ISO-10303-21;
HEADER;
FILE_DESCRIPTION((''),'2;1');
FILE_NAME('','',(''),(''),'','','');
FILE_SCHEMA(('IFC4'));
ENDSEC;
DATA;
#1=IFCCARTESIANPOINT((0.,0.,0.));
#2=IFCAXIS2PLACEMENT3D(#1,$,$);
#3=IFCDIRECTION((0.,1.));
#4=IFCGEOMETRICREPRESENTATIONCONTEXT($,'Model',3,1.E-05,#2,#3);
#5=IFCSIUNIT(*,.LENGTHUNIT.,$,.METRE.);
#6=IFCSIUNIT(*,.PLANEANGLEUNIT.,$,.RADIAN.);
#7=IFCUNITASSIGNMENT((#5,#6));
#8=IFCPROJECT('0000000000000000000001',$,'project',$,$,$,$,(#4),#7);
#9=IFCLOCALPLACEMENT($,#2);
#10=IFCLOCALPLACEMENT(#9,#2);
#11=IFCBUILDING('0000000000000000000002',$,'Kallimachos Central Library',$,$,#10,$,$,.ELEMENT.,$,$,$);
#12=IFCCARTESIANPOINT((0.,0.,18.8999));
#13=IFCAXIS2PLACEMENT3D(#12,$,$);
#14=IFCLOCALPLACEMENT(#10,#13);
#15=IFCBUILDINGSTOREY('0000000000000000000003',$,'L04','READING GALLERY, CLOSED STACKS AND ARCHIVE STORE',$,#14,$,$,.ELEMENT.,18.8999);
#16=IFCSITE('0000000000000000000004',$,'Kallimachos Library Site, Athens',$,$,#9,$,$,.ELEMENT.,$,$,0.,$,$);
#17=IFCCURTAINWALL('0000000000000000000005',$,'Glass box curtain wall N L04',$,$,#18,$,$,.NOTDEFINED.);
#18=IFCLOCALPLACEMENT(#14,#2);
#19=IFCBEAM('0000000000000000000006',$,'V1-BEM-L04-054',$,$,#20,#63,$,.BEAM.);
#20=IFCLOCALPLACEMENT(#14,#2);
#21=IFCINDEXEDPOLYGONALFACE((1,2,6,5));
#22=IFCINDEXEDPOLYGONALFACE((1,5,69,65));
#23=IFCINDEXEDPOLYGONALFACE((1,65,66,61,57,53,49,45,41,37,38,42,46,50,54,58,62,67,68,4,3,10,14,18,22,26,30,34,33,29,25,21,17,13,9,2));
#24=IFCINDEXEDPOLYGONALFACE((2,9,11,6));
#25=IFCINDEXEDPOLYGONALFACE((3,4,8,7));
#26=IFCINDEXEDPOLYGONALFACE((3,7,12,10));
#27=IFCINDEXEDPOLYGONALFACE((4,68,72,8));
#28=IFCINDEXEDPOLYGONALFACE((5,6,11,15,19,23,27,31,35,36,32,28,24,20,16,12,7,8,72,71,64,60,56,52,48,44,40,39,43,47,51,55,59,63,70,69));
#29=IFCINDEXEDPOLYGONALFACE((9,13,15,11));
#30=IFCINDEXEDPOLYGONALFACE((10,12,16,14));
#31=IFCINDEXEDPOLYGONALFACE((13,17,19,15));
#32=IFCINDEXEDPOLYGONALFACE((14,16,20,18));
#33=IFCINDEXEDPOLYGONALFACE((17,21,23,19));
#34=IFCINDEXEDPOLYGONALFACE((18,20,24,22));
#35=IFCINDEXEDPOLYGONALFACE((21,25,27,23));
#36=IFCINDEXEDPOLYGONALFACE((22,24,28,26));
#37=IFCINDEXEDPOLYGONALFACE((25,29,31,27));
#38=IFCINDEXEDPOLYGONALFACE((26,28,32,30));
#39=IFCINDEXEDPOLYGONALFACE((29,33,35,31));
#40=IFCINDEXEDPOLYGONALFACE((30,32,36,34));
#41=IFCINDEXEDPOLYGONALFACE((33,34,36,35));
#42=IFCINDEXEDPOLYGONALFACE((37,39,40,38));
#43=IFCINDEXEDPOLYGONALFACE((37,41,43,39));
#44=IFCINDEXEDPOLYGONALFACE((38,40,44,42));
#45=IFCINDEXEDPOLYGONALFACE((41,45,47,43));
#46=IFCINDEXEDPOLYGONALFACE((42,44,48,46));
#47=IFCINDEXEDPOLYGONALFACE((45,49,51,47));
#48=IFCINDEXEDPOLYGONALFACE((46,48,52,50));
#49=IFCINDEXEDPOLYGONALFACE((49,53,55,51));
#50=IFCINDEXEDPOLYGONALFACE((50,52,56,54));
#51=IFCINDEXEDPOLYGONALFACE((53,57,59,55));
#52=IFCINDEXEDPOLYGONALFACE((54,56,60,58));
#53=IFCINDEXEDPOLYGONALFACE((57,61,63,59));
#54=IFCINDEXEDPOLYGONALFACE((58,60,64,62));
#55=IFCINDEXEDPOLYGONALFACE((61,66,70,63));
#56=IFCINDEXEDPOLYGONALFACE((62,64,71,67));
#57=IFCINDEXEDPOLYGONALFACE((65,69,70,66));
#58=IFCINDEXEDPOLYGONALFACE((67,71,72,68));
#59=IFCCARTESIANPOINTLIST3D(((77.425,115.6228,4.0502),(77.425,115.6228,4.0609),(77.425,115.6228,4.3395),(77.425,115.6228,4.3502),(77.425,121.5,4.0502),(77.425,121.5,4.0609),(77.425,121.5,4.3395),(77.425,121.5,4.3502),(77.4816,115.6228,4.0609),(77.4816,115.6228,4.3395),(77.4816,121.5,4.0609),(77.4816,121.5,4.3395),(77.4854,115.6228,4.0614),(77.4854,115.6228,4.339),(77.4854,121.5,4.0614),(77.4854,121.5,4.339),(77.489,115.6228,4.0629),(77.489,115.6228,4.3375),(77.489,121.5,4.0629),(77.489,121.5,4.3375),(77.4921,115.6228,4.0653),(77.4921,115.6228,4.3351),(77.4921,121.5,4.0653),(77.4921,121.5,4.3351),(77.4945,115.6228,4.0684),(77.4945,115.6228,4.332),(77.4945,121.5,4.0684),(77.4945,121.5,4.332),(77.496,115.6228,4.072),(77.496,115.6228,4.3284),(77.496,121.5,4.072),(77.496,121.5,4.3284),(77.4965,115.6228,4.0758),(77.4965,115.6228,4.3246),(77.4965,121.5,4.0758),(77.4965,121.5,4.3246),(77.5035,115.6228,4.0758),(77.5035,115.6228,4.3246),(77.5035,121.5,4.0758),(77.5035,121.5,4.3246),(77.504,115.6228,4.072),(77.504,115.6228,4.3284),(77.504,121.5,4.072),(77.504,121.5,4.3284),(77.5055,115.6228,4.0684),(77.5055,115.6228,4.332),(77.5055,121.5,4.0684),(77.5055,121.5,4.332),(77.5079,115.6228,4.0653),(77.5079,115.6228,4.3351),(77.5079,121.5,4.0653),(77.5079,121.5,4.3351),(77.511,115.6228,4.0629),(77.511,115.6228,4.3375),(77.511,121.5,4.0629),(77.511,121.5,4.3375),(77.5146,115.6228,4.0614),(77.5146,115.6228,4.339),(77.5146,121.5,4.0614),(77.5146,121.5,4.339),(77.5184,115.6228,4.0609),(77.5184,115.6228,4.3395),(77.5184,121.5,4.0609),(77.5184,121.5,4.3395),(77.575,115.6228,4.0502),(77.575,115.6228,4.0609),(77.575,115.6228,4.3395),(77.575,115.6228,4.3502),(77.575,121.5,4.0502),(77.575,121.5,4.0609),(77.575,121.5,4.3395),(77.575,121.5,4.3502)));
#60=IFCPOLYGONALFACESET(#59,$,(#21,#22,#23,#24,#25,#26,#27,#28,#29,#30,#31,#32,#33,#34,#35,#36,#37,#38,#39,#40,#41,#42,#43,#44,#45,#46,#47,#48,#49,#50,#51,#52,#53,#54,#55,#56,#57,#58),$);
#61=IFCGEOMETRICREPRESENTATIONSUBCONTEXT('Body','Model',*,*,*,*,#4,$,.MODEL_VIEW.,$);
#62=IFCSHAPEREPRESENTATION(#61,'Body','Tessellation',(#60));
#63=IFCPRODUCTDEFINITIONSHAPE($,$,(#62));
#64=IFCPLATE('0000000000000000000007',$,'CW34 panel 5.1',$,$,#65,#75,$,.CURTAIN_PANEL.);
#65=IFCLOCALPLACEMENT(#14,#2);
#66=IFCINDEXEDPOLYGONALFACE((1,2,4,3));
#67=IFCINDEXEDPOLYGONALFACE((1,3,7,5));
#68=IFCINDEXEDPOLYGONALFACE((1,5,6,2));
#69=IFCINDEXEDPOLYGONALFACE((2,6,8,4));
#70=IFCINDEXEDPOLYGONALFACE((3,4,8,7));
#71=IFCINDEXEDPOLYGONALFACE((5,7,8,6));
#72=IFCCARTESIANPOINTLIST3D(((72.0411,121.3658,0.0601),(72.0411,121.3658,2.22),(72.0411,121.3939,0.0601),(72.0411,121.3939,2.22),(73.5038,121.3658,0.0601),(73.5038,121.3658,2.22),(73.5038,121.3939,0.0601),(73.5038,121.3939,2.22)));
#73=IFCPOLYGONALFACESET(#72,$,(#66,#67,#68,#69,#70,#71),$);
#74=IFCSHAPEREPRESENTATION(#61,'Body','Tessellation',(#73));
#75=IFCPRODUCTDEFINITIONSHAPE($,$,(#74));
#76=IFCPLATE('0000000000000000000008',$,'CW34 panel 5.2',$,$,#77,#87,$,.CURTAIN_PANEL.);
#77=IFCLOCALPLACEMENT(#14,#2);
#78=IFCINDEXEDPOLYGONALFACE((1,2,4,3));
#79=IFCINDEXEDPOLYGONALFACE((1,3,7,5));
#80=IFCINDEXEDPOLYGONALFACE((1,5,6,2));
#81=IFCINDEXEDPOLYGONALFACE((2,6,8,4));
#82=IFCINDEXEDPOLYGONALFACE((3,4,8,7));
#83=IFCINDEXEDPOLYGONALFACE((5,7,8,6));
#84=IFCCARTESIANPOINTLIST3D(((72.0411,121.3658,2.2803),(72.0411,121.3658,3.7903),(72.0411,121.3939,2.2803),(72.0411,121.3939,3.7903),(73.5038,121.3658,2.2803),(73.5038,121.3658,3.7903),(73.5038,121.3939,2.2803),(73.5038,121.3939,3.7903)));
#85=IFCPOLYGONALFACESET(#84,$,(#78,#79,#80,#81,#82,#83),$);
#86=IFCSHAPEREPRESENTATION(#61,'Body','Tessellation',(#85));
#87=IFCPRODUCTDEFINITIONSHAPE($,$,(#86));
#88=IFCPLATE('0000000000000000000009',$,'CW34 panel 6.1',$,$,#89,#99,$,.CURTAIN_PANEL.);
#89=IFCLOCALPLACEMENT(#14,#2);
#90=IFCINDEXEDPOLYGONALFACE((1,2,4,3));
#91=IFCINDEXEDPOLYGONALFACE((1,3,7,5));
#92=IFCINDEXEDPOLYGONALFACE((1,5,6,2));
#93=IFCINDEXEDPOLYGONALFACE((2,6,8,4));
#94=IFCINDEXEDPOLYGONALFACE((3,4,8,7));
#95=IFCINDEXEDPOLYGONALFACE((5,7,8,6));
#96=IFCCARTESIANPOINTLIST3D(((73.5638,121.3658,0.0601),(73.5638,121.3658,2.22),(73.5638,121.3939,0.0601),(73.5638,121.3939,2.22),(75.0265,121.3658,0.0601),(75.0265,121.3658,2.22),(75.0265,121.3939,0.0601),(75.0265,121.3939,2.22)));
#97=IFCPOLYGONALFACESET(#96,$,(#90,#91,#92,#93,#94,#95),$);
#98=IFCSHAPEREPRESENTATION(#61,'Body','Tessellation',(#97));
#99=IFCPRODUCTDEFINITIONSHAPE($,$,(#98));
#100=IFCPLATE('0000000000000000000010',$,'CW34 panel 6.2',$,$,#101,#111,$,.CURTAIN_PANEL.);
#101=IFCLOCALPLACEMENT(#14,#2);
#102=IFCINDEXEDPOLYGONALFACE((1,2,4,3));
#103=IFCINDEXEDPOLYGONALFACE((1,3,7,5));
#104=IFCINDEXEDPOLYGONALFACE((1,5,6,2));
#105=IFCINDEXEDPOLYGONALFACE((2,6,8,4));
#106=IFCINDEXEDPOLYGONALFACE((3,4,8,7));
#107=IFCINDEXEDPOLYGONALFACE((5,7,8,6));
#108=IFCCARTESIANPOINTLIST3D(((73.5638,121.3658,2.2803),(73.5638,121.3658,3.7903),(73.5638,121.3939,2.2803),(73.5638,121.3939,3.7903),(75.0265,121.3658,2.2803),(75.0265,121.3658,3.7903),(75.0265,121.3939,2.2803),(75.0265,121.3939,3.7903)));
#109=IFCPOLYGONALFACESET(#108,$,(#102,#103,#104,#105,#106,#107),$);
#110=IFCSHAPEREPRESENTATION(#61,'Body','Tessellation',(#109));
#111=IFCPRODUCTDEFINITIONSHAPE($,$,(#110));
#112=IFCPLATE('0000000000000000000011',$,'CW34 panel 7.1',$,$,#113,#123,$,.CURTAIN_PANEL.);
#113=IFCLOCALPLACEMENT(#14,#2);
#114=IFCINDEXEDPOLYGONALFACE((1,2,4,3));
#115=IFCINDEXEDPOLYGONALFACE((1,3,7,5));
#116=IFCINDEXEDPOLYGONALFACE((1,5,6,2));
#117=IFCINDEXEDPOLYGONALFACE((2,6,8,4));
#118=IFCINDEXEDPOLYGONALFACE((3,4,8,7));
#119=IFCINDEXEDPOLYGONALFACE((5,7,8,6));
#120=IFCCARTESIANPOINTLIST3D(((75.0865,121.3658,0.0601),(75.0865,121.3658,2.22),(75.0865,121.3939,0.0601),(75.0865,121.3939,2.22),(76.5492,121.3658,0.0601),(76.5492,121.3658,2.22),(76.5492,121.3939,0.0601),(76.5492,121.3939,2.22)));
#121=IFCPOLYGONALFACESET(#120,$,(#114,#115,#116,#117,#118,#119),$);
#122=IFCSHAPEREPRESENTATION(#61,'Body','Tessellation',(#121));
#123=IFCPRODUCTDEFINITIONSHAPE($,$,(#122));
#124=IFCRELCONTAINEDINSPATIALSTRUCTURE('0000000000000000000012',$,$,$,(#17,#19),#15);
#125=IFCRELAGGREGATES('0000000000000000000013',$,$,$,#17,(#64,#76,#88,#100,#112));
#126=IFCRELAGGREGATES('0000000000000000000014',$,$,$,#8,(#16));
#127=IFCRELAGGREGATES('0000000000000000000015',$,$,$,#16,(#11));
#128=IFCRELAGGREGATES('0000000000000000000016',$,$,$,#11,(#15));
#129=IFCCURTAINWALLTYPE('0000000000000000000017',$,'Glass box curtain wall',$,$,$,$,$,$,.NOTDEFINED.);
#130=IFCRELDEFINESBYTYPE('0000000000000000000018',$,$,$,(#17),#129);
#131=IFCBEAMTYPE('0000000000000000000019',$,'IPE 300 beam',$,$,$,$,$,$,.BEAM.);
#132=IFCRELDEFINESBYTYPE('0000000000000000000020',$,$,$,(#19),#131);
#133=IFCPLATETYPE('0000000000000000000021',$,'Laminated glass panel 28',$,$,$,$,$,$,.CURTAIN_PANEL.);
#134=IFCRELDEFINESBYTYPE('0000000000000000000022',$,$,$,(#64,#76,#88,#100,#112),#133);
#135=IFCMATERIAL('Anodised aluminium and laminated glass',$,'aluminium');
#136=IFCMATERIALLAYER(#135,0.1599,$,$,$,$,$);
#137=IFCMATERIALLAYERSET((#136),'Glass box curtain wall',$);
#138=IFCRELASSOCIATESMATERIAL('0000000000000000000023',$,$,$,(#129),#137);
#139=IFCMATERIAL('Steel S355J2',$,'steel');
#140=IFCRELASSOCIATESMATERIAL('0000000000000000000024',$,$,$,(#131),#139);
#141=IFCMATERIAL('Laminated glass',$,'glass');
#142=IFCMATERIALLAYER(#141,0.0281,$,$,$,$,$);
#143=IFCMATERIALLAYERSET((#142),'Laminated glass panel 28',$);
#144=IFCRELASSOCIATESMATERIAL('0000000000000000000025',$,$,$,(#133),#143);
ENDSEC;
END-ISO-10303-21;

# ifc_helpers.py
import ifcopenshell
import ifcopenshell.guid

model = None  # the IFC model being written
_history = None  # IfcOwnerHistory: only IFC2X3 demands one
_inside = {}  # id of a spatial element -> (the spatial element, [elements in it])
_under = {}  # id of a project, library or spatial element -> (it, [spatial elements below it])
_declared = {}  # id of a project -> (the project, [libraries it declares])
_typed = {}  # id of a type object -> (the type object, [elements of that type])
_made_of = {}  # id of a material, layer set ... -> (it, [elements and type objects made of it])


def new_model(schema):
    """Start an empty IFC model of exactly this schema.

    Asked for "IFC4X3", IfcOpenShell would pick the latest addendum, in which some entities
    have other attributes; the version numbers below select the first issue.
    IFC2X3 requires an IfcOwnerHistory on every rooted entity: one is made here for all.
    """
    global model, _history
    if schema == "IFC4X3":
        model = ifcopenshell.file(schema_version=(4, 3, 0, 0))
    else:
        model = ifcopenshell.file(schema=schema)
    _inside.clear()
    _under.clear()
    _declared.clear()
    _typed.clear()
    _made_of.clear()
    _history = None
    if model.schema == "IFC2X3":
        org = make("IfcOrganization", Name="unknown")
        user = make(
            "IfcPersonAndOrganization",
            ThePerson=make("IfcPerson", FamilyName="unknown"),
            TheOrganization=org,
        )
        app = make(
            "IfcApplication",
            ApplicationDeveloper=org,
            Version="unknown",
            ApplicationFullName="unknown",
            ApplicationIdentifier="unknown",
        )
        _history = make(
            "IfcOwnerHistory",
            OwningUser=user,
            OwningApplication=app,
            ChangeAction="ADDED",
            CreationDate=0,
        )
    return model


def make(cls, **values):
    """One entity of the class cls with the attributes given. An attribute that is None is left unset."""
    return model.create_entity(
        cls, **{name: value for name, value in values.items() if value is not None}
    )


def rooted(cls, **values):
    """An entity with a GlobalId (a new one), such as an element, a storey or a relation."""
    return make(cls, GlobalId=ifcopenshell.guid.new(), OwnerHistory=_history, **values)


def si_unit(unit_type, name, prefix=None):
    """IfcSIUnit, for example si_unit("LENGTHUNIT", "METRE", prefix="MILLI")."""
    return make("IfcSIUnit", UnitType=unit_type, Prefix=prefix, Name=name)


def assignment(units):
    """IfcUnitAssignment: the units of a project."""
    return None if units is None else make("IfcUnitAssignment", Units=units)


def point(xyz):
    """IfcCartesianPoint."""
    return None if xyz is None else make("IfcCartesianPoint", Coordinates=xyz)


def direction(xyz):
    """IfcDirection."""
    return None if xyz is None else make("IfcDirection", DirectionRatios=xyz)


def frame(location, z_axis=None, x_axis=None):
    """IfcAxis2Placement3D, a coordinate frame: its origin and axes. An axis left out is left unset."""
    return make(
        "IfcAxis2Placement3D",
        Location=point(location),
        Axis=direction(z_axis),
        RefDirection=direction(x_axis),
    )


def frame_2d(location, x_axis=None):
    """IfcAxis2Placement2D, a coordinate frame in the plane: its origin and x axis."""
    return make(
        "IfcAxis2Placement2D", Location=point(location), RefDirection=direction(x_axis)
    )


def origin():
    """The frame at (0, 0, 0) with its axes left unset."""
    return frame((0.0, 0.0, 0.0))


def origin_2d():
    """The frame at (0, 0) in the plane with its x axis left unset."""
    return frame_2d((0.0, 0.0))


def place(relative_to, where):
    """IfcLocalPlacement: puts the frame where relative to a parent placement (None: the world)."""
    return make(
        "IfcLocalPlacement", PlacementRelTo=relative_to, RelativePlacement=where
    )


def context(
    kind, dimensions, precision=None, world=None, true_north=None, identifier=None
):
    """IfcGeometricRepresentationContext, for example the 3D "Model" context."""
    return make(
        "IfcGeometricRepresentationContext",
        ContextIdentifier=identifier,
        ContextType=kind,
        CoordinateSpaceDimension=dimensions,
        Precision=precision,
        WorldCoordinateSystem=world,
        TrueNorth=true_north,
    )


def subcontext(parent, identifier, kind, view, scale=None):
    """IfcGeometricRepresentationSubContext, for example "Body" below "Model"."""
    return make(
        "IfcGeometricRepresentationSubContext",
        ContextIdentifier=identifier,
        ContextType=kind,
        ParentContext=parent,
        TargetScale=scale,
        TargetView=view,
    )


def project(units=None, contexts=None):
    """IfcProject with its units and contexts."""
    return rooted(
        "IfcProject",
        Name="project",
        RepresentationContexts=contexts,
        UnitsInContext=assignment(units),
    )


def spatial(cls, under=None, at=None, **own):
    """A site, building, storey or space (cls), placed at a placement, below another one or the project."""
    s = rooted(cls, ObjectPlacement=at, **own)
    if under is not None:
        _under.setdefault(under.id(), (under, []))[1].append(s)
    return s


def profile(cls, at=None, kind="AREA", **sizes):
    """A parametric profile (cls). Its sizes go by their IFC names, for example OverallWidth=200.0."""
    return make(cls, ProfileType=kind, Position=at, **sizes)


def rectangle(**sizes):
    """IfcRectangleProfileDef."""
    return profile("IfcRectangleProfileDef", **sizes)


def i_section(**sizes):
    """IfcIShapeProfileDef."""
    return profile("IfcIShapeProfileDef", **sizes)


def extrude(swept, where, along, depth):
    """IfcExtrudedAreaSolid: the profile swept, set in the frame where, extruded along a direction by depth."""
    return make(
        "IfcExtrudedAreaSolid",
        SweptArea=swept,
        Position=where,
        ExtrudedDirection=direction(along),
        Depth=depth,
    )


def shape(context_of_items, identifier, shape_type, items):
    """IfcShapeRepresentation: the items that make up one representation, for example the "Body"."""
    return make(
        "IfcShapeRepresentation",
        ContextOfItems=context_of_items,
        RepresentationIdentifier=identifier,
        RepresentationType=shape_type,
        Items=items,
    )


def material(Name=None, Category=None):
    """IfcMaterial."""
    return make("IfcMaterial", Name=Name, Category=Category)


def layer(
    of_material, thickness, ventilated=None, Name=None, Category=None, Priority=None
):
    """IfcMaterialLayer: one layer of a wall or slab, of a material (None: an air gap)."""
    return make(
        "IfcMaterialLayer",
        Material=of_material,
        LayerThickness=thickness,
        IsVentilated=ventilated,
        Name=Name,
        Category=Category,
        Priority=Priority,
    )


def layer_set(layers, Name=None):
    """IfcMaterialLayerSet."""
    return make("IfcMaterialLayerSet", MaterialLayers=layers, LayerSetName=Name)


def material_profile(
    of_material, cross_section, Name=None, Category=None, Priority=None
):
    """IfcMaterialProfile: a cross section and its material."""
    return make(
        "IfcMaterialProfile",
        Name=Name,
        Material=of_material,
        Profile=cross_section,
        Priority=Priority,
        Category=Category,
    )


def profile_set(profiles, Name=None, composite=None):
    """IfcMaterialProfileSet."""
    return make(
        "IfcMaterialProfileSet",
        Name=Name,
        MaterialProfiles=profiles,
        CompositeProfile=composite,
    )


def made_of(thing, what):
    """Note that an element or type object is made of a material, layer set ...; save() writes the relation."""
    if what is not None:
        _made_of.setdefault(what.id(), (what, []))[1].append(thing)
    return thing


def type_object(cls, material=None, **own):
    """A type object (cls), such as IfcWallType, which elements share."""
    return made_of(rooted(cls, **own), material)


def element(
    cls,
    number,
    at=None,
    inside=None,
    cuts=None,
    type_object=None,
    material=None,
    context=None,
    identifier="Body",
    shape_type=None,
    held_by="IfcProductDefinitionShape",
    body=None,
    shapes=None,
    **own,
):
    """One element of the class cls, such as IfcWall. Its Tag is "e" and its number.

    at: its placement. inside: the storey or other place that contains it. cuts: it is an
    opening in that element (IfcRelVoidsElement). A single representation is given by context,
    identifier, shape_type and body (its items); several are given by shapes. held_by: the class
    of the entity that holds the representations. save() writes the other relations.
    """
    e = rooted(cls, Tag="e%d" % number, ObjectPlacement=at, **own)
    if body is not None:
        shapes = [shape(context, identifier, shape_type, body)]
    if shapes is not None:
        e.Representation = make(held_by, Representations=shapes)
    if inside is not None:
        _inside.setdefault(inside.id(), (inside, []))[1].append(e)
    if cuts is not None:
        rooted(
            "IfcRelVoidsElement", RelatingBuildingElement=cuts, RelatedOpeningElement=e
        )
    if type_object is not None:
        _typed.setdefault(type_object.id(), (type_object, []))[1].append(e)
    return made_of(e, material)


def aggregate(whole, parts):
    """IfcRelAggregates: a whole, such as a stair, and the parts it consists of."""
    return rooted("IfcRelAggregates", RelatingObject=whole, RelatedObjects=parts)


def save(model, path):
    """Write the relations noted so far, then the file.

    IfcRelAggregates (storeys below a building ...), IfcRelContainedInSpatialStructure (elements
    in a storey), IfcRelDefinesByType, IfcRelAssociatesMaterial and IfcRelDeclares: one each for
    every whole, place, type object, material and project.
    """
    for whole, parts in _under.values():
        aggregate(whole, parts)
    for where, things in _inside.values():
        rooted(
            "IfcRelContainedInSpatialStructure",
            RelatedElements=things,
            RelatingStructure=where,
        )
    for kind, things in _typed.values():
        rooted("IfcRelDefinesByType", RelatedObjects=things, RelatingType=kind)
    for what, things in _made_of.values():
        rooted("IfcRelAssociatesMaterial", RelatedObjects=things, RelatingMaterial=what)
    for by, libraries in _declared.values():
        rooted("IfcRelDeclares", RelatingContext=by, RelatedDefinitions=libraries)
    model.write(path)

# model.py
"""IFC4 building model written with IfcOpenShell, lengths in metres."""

from ifc_helpers import new_model, si_unit, direction, frame, origin, origin_2d, place, context, subcontext, project, spatial, rectangle, i_section, extrude, material, layer, layer_set, material_profile, profile_set, type_object, element, aggregate, save


model = new_model("IFC4")

# Units and contexts
model_context = context("Model", 3, precision=1e-05, world=origin(), true_north=direction((0.0, 1.0)))
body_context = subcontext(model_context, "Body", "Model", "MODEL_VIEW")
ifc_project = project(units=[si_unit("LENGTHUNIT", "METRE"), si_unit("PLANEANGLEUNIT", "RADIAN")], contexts=[model_context])

# Site, building, storey
site_placement = place(None, origin())
site = spatial("IfcSite", under=ifc_project, at=site_placement, Name="Kallimachos Library Site, Athens", CompositionType="ELEMENT", RefElevation=0.0)
building_placement = place(site_placement, origin())
building = spatial("IfcBuilding", under=site, at=building_placement, Name="Kallimachos Central Library", CompositionType="ELEMENT")
storey_placement = place(building_placement, frame((0.0, 0.0, 18.8999)))
storey = spatial("IfcBuildingStorey", under=building, at=storey_placement, Name="L04", Description="READING GALLERY, CLOSED STACKS AND ARCHIVE STORE", CompositionType="ELEMENT", Elevation=18.8999)

# Curtain wall
ifc_material_1 = material(Name="Anodised aluminium and laminated glass", Category="aluminium")
ifc_layer_1 = layer(ifc_material_1, 0.1599)
ifc_layer_set_1 = layer_set([ifc_layer_1], Name="Glass box curtain wall")
curtain_wall_type = type_object("IfcCurtainWallType", Name="Glass box curtain wall", PredefinedType="NOTDEFINED", material=ifc_layer_set_1)
curtain_wall_placement = place(storey_placement, origin())
curtain_wall = element("IfcCurtainWall", 1, at=curtain_wall_placement, inside=storey, type_object=curtain_wall_type, Name="Glass box curtain wall N L04", PredefinedType="NOTDEFINED")

# Beam
ifc_material_2 = material(Name="Steel S355J2", Category="steel")
ifc_material_profile_1 = material_profile(ifc_material_2, i_section(OverallWidth=0.1499, OverallDepth=0.3, WebThickness=0.0071, FlangeThickness=0.0107, FilletRadius=0.0149, at=origin_2d()), Name="IPE 300")
ifc_profile_set_1 = profile_set([ifc_material_profile_1], Name="Steel S355J2")
beam_type_1 = type_object("IfcBeamType", Name="IPE 300 beam", PredefinedType="BEAM", material=ifc_profile_set_1)
beam_1_placement = place(storey_placement, frame((77.5, 115.6228, 4.2002), z_axis=(0.0, 1.0, 0.0), x_axis=(-1.0, 0.0, 0.0)))
element("IfcBeam", 2, at=beam_1_placement, inside=storey, type_object=beam_type_1, Name="V1-BEM-L04-054", PredefinedType="BEAM", context=body_context, shape_type="SweptSolid", body=[
    extrude(i_section(OverallWidth=0.1499, OverallDepth=0.3, WebThickness=0.0071, FlangeThickness=0.0107, FilletRadius=0.0149, at=origin_2d()), origin(), (0.0, 0.0, 1.0), 5.8772),
])

# Plates
ifc_material_3 = material(Name="Laminated glass", Category="glass")
ifc_layer_2 = layer(ifc_material_3, 0.0281)
ifc_layer_set_2 = layer_set([ifc_layer_2], Name="Laminated glass panel 28")
plate_type = type_object("IfcPlateType", Name="Laminated glass panel 28", PredefinedType="CURTAIN_PANEL", material=ifc_layer_set_2)
plate_1_placement = place(storey_placement, frame((72.7725, 121.3799, 0.0601), z_axis=(0.0, 0.0, 1.0), x_axis=(1.0, 0.0, 0.0)))
plate_1 = element("IfcPlate", 3, at=plate_1_placement, type_object=plate_type, Name="CW34 panel 5.1", PredefinedType="CURTAIN_PANEL", context=body_context, shape_type="SweptSolid", body=[
    extrude(rectangle(XDim=1.4626, YDim=0.0281, at=origin_2d()), origin(), (0.0, 0.0, 1.0), 2.1599),
])
plate_2_placement = place(storey_placement, frame((72.7725, 121.3799, 2.2803), z_axis=(0.0, 0.0, 1.0), x_axis=(1.0, 0.0, 0.0)))
plate_2 = element("IfcPlate", 4, at=plate_2_placement, type_object=plate_type, Name="CW34 panel 5.2", PredefinedType="CURTAIN_PANEL", context=body_context, shape_type="SweptSolid", body=[
    extrude(rectangle(XDim=1.4626, YDim=0.0281, at=origin_2d()), origin(), (0.0, 0.0, 1.0), 1.51),
])
plate_3_placement = place(storey_placement, frame((74.2952, 121.3799, 0.0601), z_axis=(0.0, 0.0, 1.0), x_axis=(1.0, 0.0, 0.0)))
plate_3 = element("IfcPlate", 5, at=plate_3_placement, type_object=plate_type, Name="CW34 panel 6.1", PredefinedType="CURTAIN_PANEL", context=body_context, shape_type="SweptSolid", body=[
    extrude(rectangle(XDim=1.4626, YDim=0.0281, at=origin_2d()), origin(), (0.0, 0.0, 1.0), 2.1599),
])
plate_4_placement = place(storey_placement, frame((74.2952, 121.3799, 2.2803), z_axis=(0.0, 0.0, 1.0), x_axis=(1.0, 0.0, 0.0)))
plate_4 = element("IfcPlate", 6, at=plate_4_placement, type_object=plate_type, Name="CW34 panel 6.2", PredefinedType="CURTAIN_PANEL", context=body_context, shape_type="SweptSolid", body=[
    extrude(rectangle(XDim=1.4626, YDim=0.0281, at=origin_2d()), origin(), (0.0, 0.0, 1.0), 1.51),
])
plate_5_placement = place(storey_placement, frame((75.8179, 121.3799, 0.0601), z_axis=(0.0, 0.0, 1.0), x_axis=(1.0, 0.0, 0.0)))
plate_5 = element("IfcPlate", 7, at=plate_5_placement, type_object=plate_type, Name="CW34 panel 7.1", PredefinedType="CURTAIN_PANEL", context=body_context, shape_type="SweptSolid", body=[
    extrude(rectangle(XDim=1.4626, YDim=0.0281, at=origin_2d()), origin(), (0.0, 0.0, 1.0), 2.1599),
])
aggregate(curtain_wall, [plate_1, plate_2, plate_3, plate_4, plate_5])

save(model, "model.ifc")
